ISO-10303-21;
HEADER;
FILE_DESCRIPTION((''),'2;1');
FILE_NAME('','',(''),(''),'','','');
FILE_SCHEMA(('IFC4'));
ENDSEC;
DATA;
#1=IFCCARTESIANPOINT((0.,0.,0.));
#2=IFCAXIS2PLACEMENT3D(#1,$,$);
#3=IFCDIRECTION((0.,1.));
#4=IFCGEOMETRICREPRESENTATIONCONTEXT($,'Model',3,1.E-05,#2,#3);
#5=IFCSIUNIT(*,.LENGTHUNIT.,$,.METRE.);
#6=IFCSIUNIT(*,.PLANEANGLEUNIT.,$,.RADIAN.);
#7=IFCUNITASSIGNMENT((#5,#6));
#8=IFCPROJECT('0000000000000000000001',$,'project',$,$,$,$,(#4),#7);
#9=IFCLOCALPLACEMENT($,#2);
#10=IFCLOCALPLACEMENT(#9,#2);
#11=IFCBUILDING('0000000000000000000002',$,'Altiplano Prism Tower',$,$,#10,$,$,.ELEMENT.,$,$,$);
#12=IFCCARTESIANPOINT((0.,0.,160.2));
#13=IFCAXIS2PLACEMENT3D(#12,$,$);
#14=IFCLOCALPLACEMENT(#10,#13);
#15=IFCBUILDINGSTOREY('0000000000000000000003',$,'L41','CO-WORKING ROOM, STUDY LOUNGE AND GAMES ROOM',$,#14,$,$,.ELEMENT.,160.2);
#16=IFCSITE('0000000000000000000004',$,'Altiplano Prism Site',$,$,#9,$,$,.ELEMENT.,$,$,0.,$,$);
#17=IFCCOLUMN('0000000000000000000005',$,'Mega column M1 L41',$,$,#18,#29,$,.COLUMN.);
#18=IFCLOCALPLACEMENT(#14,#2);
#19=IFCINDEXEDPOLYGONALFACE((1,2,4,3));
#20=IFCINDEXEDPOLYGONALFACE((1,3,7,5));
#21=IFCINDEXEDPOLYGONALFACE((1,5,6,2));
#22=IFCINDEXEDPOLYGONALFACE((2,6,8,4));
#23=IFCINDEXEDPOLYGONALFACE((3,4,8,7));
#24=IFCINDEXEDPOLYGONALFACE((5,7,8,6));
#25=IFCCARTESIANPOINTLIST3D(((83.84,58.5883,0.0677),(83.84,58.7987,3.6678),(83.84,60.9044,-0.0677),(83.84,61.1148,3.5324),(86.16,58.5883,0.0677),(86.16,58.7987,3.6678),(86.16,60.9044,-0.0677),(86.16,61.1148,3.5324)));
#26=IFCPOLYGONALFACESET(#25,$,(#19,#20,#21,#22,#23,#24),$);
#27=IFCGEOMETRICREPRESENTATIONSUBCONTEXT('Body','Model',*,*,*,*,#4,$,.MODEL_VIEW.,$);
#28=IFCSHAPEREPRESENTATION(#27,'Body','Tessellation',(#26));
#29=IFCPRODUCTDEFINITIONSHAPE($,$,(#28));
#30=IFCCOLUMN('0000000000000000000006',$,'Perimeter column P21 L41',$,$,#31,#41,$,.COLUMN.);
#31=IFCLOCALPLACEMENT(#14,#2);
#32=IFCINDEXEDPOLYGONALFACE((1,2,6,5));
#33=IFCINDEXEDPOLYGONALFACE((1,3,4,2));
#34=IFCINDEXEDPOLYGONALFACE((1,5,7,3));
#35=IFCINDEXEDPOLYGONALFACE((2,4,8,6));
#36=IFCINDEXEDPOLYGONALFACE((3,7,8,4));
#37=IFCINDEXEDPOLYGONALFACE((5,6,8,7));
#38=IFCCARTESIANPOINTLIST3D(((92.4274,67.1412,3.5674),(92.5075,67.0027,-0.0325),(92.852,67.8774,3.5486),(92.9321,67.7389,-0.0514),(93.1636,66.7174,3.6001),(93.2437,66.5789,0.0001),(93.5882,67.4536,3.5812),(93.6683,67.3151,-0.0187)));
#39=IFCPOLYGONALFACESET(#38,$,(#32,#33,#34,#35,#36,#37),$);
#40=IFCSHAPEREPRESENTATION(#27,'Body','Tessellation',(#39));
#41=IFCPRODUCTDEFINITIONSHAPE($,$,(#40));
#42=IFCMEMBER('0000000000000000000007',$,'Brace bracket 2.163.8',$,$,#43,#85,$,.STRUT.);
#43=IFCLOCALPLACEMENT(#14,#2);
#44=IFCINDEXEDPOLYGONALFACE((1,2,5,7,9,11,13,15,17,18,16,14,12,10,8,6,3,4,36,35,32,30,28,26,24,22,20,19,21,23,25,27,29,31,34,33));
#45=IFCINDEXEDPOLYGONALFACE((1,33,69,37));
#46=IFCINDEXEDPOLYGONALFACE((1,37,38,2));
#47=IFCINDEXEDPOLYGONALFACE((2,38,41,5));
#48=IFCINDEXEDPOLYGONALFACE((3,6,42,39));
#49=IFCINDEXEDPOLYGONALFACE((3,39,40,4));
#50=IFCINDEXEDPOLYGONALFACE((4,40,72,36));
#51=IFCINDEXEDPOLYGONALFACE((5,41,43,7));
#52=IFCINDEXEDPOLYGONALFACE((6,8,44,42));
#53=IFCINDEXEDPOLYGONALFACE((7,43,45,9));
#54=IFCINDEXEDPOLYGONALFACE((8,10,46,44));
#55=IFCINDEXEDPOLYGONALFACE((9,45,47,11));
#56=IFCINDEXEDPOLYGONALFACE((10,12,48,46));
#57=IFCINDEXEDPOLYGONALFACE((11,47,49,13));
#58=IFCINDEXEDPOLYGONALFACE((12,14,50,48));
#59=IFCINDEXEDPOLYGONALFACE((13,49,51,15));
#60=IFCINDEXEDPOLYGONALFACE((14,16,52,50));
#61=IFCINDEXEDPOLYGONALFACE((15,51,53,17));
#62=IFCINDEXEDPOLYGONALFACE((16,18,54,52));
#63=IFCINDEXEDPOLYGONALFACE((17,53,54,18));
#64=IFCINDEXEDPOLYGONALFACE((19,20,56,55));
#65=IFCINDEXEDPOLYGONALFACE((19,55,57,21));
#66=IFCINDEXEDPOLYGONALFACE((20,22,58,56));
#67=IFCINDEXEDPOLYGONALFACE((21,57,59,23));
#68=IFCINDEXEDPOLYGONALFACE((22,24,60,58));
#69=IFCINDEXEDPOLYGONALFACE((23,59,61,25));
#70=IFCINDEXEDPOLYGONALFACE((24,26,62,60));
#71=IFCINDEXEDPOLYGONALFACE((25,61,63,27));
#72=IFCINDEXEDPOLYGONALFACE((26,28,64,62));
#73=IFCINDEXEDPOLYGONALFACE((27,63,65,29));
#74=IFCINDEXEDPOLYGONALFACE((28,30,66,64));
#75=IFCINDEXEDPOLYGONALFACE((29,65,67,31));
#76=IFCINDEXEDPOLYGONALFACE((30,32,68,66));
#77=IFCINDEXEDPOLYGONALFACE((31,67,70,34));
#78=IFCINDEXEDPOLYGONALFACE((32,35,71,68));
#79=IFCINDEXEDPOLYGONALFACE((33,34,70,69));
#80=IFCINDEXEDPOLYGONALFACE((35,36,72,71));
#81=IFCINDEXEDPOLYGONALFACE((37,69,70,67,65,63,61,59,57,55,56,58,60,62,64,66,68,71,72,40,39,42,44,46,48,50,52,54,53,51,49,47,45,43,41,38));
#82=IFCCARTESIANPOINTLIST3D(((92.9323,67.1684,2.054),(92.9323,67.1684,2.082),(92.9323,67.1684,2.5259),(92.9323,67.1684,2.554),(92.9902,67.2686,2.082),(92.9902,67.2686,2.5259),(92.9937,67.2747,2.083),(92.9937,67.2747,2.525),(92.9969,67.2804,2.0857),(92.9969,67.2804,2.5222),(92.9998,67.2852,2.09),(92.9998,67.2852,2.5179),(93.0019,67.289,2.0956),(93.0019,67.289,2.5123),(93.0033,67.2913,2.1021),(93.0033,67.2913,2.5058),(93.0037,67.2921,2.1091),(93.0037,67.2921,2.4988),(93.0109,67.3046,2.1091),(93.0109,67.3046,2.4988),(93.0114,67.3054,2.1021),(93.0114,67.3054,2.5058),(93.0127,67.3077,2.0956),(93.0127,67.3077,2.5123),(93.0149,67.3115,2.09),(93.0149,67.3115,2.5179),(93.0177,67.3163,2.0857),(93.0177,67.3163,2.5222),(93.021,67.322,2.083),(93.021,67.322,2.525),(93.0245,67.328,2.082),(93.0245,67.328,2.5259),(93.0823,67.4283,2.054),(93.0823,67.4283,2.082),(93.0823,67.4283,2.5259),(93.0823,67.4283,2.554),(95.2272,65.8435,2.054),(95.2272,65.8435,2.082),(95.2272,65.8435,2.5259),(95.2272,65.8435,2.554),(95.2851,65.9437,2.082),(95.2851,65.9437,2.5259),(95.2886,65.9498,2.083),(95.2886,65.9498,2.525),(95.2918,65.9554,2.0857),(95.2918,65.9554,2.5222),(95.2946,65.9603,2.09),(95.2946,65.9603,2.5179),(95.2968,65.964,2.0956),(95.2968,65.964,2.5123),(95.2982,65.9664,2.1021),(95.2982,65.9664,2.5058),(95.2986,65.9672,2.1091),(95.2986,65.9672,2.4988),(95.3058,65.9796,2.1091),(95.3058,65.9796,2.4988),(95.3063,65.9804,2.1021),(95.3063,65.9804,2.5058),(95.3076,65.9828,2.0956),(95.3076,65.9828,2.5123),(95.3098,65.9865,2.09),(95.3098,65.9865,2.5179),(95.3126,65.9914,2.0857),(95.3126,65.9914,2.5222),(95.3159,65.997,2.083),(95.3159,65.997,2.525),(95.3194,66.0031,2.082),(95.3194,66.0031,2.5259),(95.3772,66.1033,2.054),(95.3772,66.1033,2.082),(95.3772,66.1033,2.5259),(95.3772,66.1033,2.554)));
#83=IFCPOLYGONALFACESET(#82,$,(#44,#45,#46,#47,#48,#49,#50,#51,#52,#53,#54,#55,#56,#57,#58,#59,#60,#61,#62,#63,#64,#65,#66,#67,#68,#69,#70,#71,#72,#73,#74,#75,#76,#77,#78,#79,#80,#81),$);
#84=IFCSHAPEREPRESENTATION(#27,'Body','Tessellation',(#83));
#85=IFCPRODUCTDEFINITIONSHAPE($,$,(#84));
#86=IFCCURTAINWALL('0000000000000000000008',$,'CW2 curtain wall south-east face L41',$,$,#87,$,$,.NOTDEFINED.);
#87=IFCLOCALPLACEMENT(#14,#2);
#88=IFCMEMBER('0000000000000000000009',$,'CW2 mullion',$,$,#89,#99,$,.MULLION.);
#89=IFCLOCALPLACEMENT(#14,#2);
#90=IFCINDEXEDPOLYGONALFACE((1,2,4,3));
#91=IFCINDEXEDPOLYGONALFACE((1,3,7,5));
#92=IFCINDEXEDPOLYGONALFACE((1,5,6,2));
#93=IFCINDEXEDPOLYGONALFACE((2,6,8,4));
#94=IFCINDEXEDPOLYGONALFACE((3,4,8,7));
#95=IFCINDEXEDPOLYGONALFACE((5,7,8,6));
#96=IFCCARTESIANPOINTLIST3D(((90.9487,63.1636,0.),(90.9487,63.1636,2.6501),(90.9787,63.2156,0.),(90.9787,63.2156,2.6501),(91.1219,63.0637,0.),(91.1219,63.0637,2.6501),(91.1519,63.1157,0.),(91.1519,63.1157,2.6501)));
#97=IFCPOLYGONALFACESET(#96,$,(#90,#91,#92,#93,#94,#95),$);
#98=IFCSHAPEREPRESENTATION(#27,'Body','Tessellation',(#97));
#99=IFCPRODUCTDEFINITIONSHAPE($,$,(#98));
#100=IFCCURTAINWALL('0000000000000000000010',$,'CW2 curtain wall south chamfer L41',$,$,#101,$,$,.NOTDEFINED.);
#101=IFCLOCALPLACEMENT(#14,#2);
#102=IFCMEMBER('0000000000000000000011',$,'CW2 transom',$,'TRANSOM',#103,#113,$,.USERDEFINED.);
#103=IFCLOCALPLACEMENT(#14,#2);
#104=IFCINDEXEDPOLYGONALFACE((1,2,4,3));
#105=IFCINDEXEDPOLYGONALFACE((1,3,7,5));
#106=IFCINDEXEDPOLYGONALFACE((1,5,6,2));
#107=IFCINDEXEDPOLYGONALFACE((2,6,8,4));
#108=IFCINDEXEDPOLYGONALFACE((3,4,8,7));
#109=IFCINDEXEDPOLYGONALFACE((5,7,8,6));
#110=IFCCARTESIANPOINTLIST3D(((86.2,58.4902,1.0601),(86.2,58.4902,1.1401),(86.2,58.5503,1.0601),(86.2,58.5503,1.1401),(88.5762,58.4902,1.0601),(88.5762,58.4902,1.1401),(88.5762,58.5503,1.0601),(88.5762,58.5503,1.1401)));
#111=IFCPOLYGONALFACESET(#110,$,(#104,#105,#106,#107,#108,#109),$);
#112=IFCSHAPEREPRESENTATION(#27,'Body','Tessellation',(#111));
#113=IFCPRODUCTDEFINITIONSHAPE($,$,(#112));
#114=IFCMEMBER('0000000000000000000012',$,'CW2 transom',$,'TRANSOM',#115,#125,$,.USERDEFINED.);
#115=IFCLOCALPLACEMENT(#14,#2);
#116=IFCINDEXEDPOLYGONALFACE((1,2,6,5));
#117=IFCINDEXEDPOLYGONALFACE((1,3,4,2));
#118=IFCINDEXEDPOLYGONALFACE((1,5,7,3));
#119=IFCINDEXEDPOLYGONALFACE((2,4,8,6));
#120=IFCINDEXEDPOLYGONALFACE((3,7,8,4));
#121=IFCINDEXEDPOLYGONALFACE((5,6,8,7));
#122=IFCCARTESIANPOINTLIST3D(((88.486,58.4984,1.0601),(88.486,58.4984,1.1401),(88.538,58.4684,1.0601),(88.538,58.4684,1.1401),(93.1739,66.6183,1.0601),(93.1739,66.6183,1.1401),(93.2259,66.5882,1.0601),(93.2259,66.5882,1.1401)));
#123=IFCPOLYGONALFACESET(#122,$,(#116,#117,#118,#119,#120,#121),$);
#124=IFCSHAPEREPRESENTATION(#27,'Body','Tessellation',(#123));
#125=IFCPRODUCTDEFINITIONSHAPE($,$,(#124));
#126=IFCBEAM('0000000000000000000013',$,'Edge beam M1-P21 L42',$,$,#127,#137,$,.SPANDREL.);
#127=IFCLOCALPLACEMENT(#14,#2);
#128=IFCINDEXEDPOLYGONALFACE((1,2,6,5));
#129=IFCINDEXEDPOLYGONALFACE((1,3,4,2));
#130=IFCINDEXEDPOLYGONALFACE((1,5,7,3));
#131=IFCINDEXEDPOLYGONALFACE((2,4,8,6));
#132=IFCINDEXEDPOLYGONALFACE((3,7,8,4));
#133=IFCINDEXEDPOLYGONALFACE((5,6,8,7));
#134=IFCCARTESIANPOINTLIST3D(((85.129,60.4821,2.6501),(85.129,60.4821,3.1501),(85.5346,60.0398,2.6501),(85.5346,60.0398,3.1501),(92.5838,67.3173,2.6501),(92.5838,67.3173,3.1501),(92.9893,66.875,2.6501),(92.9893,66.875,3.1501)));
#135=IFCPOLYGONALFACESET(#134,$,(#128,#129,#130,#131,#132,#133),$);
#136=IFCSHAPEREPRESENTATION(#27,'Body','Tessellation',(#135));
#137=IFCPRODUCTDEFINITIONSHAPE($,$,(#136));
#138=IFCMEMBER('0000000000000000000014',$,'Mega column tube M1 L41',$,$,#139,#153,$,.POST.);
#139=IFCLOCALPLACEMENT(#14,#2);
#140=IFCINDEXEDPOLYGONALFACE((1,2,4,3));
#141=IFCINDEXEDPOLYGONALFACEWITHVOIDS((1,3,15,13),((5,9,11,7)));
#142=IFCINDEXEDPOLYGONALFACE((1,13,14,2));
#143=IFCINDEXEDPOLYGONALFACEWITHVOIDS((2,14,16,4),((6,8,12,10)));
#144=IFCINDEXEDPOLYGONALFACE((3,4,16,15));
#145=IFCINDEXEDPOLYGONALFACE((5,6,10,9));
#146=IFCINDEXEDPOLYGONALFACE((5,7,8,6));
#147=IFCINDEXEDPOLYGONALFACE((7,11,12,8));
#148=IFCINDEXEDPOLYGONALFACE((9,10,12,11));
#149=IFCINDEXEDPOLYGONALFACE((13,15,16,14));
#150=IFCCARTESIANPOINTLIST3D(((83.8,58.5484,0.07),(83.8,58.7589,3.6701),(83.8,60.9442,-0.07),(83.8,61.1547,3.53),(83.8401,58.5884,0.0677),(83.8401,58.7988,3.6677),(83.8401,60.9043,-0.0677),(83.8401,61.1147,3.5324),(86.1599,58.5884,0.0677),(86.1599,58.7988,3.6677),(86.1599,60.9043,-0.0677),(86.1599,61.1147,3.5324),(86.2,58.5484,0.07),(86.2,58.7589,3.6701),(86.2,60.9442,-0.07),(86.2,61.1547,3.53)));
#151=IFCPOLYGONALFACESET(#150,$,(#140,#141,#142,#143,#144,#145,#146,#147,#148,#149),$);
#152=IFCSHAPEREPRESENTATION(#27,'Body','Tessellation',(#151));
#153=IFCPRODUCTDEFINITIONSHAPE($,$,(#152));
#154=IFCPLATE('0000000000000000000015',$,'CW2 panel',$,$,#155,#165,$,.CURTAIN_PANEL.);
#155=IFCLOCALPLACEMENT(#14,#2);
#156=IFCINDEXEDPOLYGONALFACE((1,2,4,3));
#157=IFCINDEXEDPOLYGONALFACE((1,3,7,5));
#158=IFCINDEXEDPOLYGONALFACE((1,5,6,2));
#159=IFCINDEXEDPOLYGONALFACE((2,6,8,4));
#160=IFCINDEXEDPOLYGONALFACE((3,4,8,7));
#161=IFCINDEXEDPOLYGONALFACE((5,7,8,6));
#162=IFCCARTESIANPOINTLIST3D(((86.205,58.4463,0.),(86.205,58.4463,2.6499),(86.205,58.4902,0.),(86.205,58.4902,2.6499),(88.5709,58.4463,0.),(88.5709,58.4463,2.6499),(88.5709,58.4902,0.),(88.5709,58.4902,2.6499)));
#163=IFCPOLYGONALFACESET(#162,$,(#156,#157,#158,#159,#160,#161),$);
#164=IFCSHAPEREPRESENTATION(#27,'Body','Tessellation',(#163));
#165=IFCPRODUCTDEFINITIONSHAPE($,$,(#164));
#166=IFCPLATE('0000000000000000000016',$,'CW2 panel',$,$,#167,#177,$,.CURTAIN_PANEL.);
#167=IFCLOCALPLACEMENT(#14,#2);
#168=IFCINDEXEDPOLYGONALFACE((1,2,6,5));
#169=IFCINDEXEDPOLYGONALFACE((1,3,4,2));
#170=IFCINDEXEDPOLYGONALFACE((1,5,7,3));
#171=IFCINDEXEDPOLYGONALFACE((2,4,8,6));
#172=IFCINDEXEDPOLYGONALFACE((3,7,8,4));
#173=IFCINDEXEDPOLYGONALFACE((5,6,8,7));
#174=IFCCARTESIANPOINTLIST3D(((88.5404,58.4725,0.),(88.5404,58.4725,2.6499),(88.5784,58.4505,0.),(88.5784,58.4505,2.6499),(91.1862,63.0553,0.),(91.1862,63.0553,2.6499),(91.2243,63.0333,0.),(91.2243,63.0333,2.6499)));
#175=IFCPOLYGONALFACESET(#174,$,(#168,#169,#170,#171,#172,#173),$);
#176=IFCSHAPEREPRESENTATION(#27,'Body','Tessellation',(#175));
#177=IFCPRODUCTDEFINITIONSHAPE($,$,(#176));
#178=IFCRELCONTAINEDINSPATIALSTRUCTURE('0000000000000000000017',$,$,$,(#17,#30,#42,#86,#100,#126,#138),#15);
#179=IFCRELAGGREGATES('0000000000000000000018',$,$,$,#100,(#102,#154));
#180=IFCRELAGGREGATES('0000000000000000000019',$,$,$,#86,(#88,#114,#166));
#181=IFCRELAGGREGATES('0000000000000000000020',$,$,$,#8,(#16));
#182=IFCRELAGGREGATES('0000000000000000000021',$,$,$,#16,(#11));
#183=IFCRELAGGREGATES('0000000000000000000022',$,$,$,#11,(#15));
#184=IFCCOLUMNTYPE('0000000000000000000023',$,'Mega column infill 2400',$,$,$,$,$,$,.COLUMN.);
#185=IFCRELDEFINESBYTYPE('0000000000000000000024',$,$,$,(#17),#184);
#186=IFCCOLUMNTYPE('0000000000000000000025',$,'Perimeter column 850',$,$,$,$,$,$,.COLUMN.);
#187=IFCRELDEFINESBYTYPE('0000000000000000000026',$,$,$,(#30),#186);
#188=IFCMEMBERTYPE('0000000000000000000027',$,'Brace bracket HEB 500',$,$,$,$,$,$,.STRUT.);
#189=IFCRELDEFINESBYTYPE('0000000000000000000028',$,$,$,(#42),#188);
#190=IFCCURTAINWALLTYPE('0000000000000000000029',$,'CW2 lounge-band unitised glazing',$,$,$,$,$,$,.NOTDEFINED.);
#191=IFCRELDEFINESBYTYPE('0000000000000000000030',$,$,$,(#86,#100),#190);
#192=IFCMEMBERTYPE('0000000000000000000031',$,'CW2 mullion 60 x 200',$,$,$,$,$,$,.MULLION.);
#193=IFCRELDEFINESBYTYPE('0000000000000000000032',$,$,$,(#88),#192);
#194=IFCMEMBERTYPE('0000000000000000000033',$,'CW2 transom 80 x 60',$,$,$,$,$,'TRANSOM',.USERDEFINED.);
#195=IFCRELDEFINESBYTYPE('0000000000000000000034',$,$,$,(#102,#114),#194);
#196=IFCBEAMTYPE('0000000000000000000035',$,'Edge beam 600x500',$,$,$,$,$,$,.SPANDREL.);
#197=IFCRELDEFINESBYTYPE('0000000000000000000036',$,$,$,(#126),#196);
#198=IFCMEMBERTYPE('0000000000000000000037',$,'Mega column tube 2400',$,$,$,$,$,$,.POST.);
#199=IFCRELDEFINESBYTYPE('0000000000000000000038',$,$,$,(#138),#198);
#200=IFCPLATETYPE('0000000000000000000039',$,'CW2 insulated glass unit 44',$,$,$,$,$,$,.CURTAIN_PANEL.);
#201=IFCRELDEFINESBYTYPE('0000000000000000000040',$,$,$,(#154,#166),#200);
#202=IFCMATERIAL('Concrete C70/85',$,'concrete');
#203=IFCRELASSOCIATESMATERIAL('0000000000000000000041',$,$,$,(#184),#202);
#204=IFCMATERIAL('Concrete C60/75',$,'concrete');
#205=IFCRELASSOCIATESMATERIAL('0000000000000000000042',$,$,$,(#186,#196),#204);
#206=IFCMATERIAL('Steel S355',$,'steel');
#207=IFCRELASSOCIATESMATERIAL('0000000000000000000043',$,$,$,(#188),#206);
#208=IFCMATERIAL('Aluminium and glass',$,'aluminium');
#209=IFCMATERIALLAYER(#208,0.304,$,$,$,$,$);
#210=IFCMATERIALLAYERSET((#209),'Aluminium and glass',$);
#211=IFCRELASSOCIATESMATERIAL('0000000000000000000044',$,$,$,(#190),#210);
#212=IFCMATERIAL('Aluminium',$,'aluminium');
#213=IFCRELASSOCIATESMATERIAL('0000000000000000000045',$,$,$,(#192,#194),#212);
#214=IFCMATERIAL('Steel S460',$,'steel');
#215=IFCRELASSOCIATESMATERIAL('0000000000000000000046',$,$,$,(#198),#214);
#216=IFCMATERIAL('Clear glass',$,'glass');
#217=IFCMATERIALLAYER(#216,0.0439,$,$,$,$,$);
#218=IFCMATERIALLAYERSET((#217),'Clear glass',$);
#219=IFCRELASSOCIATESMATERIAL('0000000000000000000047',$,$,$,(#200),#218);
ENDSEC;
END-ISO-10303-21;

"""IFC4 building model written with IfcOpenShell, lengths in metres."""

from ifc_helpers import new_model, si_unit, direction, frame, origin, origin_2d, place, context, subcontext, project, spatial, rectangle, hollow_rectangle, i_section, extrude, material, layer, layer_set, material_profile, profile_set, type_object, element, aggregate, save


model = new_model("IFC4")

# Units and contexts
model_context = context("Model", 3, precision=1e-05, world=origin(), true_north=direction((0.0, 1.0)))
body_context = subcontext(model_context, "Body", "Model", "MODEL_VIEW")
ifc_project = project(units=[si_unit("LENGTHUNIT", "METRE"), si_unit("PLANEANGLEUNIT", "RADIAN")], contexts=[model_context])

# Site, building, storey
site_placement = place(None, origin())
site = spatial("IfcSite", under=ifc_project, at=site_placement, Name="Altiplano Prism Site", CompositionType="ELEMENT", RefElevation=0.0)
building_placement = place(site_placement, origin())
building = spatial("IfcBuilding", under=site, at=building_placement, Name="Altiplano Prism Tower", CompositionType="ELEMENT")
storey_placement = place(building_placement, frame((0.0, 0.0, 160.2)))
storey = spatial("IfcBuildingStorey", under=building, at=storey_placement, Name="L41", Description="CO-WORKING ROOM, STUDY LOUNGE AND GAMES ROOM", CompositionType="ELEMENT", Elevation=160.2)

# Columns
ifc_material_1 = material(Name="Concrete C70/85", Category="concrete")
ifc_material_profile_1 = material_profile(ifc_material_1, rectangle(XDim=2.3201, YDim=2.3201, at=origin_2d()), Name="Mega column infill 2400")
ifc_profile_set_1 = profile_set([ifc_material_profile_1], Name="Concrete C70/85")
column_type_1 = type_object("IfcColumnType", Name="Mega column infill 2400", PredefinedType="COLUMN", material=ifc_profile_set_1)
column_1_placement = place(storey_placement, frame((85.0, 59.7463, 0.0), z_axis=(0.0, 0.058357, 0.998296), x_axis=(-1.0, 0.0, 0.0)))
element("IfcColumn", 1, at=column_1_placement, inside=storey, type_object=column_type_1, Name="Mega column M1 L41", PredefinedType="COLUMN", context=body_context, shape_type="SweptSolid", body=[
    extrude(rectangle(XDim=2.3201, YDim=2.3201, at=origin_2d()), origin(), (0.0, 0.0, 1.0), 3.6062),
])
ifc_material_2 = material(Name="Concrete C60/75", Category="concrete")
ifc_material_profile_2 = material_profile(ifc_material_2, rectangle(XDim=0.8501, YDim=0.8501, at=origin_2d()), Name="Perimeter column 850")
ifc_profile_set_2 = profile_set([ifc_material_profile_2], Name="Concrete C60/75")
column_type_2 = type_object("IfcColumnType", Name="Perimeter column 850", PredefinedType="COLUMN", material=ifc_profile_set_2)
column_2_placement = place(storey_placement, frame((93.0879, 67.1589, -0.0256), z_axis=(-0.022223, 0.038416, 0.999015), x_axis=(-0.499508, -0.866025, 0.02219)))
element("IfcColumn", 2, at=column_2_placement, inside=storey, type_object=column_type_2, Name="Perimeter column P21 L41", PredefinedType="COLUMN", context=body_context, shape_type="SweptSolid", body=[
    extrude(rectangle(XDim=0.8501, YDim=0.8501, at=origin_2d()), origin(), (0.0, 0.0, 1.0), 3.6035),
])

# Member
ifc_material_3 = material(Name="Steel S355", Category="steel")
ifc_material_profile_3 = material_profile(ifc_material_3, i_section(OverallWidth=0.3, OverallDepth=0.5, WebThickness=0.0144, FlangeThickness=0.0281, FilletRadius=0.0271, at=origin_2d()), Name="Brace bracket HEB 500")
ifc_profile_set_3 = profile_set([ifc_material_profile_3], Name="Steel S355")
member_type_1 = type_object("IfcMemberType", Name="Brace bracket HEB 500", PredefinedType="STRUT", material=ifc_profile_set_3)
member_1_placement = place(storey_placement, frame((93.0073, 67.2983, 2.304), z_axis=(0.866029, -0.499994, 0.0), x_axis=(0.499994, 0.866029, 0.0)))
element("IfcMember", 3, at=member_1_placement, inside=storey, type_object=member_type_1, Name="Brace bracket 2.163.8", PredefinedType="STRUT", context=body_context, shape_type="SweptSolid", body=[
    extrude(i_section(OverallWidth=0.3, OverallDepth=0.5, WebThickness=0.0144, FlangeThickness=0.0281, FilletRadius=0.0271, at=origin_2d()), origin(), (0.0, 0.0, 1.0), 2.6499),
])

# Curtain walls, members
ifc_material_4 = material(Name="Aluminium and glass", Category="aluminium")
ifc_layer_1 = layer(ifc_material_4, 0.304)
ifc_layer_set_1 = layer_set([ifc_layer_1], Name="Aluminium and glass")
curtain_wall_type = type_object("IfcCurtainWallType", Name="CW2 lounge-band unitised glazing", PredefinedType="NOTDEFINED", material=ifc_layer_set_1)
curtain_wall_1_placement = place(storey_placement, origin())
curtain_wall_1 = element("IfcCurtainWall", 4, at=curtain_wall_1_placement, inside=storey, type_object=curtain_wall_type, Name="CW2 curtain wall south-east face L41", PredefinedType="NOTDEFINED")
ifc_material_5 = material(Name="Aluminium", Category="aluminium")
ifc_material_profile_4 = material_profile(ifc_material_5, rectangle(XDim=0.2, YDim=0.0601, at=origin_2d()), Name="CW2 mullion 60 x 200")
ifc_profile_set_4 = profile_set([ifc_material_profile_4], Name="Aluminium")
member_type_2 = type_object("IfcMemberType", Name="CW2 mullion 60 x 200", PredefinedType="MULLION", material=ifc_profile_set_4)
member_2_placement = place(storey_placement, frame((91.0503, 63.1396, 0.0), z_axis=(0.0, 0.0, 1.0), x_axis=(-0.866025, 0.5, 0.0)))
member_2 = element("IfcMember", 5, at=member_2_placement, type_object=member_type_2, Name="CW2 mullion", PredefinedType="MULLION", context=body_context, shape_type="SweptSolid", body=[
    extrude(rectangle(XDim=0.2, YDim=0.0601, at=origin_2d()), origin(), (0.0, 0.0, 1.0), 2.6501),
])
curtain_wall_2_placement = place(storey_placement, origin())
curtain_wall_2 = element("IfcCurtainWall", 6, at=curtain_wall_2_placement, inside=storey, type_object=curtain_wall_type, Name="CW2 curtain wall south chamfer L41", PredefinedType="NOTDEFINED")
ifc_material_profile_5 = material_profile(ifc_material_5, rectangle(XDim=0.0601, YDim=0.0801, at=origin_2d()), Name="CW2 transom 80 x 60")
ifc_profile_set_5 = profile_set([ifc_material_profile_5], Name="Aluminium")
member_type_3 = type_object("IfcMemberType", Name="CW2 transom 80 x 60", ElementType="TRANSOM", PredefinedType="USERDEFINED", material=ifc_profile_set_5)
member_3_placement = place(storey_placement, frame((86.2, 58.5203, 1.1001), z_axis=(1.0, 0.0, 0.0), x_axis=(0.0, 1.0, 0.0)))
member_3 = element("IfcMember", 7, at=member_3_placement, type_object=member_type_3, Name="CW2 transom", ObjectType="TRANSOM", PredefinedType="USERDEFINED", context=body_context, shape_type="SweptSolid", body=[
    extrude(rectangle(XDim=0.0601, YDim=0.0801, at=origin_2d()), origin(), (0.0, 0.0, 1.0), 2.3762),
])

# Member
member_4_placement = place(storey_placement, frame((88.512, 58.4834, 1.1001), z_axis=(0.499998, 0.866026, 0.0), x_axis=(-0.866026, 0.499998, 0.0)))
member_4 = element("IfcMember", 8, at=member_4_placement, type_object=member_type_3, Name="CW2 transom", ObjectType="TRANSOM", PredefinedType="USERDEFINED", context=body_context, shape_type="SweptSolid", body=[
    extrude(rectangle(XDim=0.0601, YDim=0.0801, at=origin_2d()), origin(), (0.0, 0.0, 1.0), 9.376),
])

# Beam
ifc_material_profile_6 = material_profile(ifc_material_2, rectangle(XDim=0.6001, YDim=0.5, at=origin_2d()), Name="Edge beam 600x500")
ifc_profile_set_6 = profile_set([ifc_material_profile_6], Name="Concrete C60/75")
beam_type = type_object("IfcBeamType", Name="Edge beam 600x500", PredefinedType="SPANDREL", material=ifc_profile_set_6)
beam_placement = place(storey_placement, frame((85.3318, 60.261, 2.9001), z_axis=(0.737075, 0.675811, 0.0), x_axis=(-0.675811, 0.737075, 0.0)))
element("IfcBeam", 9, at=beam_placement, inside=storey, type_object=beam_type, Name="Edge beam M1-P21 L42", PredefinedType="SPANDREL", context=body_context, shape_type="SweptSolid", body=[
    extrude(rectangle(XDim=0.6001, YDim=0.5, at=origin_2d()), origin(), (0.0, 0.0, 1.0), 10.114),
])

# Member
ifc_material_6 = material(Name="Steel S460", Category="steel")
ifc_material_profile_7 = material_profile(ifc_material_6, hollow_rectangle(XDim=2.3999, YDim=2.3999, WallThickness=0.04, at=origin_2d()), Name="Mega column tube 2400")
ifc_profile_set_7 = profile_set([ifc_material_profile_7], Name="Steel S460")
member_type_4 = type_object("IfcMemberType", Name="Mega column tube 2400", PredefinedType="POST", material=ifc_profile_set_7)
member_5_placement = place(storey_placement, frame((85.0, 59.7463, 0.0), z_axis=(0.0, 0.058357, 0.998296), x_axis=(-1.0, 0.0, 0.0)))
element("IfcMember", 10, at=member_5_placement, inside=storey, type_object=member_type_4, Name="Mega column tube M1 L41", PredefinedType="POST", context=body_context, shape_type="SweptSolid", body=[
    extrude(hollow_rectangle(XDim=2.3999, YDim=2.3999, WallThickness=0.04, at=origin_2d()), origin(), (0.0, 0.0, 1.0), 3.6062),
])

# Plates
ifc_material_7 = material(Name="Clear glass", Category="glass")
ifc_layer_2 = layer(ifc_material_7, 0.0439)
ifc_layer_set_2 = layer_set([ifc_layer_2], Name="Clear glass")
plate_type = type_object("IfcPlateType", Name="CW2 insulated glass unit 44", PredefinedType="CURTAIN_PANEL", material=ifc_layer_set_2)
plate_1_placement = place(storey_placement, frame((87.3879, 58.4683, 0.0), z_axis=(0.0, 0.0, 1.0), x_axis=(1.0, 0.0, 0.0)))
plate_1 = element("IfcPlate", 11, at=plate_1_placement, type_object=plate_type, Name="CW2 panel", PredefinedType="CURTAIN_PANEL", context=body_context, shape_type="SweptSolid", body=[
    extrude(rectangle(XDim=2.366, YDim=0.0439, at=origin_2d()), origin(), (0.0, 0.0, 1.0), 2.6499),
])
aggregate(curtain_wall_2, [member_3, plate_1])
plate_2_placement = place(storey_placement, frame((89.8823, 60.7529, 0.0), z_axis=(0.0, 0.0, 1.0), x_axis=(0.5, 0.866025, 0.0)))
plate_2 = element("IfcPlate", 12, at=plate_2_placement, type_object=plate_type, Name="CW2 panel", PredefinedType="CURTAIN_PANEL", context=body_context, shape_type="SweptSolid", body=[
    extrude(rectangle(XDim=5.2917, YDim=0.0439, at=origin_2d()), origin(), (0.0, 0.0, 1.0), 2.6499),
])
aggregate(curtain_wall_1, [member_2, member_4, plate_2])

save(model, "model.ifc")
